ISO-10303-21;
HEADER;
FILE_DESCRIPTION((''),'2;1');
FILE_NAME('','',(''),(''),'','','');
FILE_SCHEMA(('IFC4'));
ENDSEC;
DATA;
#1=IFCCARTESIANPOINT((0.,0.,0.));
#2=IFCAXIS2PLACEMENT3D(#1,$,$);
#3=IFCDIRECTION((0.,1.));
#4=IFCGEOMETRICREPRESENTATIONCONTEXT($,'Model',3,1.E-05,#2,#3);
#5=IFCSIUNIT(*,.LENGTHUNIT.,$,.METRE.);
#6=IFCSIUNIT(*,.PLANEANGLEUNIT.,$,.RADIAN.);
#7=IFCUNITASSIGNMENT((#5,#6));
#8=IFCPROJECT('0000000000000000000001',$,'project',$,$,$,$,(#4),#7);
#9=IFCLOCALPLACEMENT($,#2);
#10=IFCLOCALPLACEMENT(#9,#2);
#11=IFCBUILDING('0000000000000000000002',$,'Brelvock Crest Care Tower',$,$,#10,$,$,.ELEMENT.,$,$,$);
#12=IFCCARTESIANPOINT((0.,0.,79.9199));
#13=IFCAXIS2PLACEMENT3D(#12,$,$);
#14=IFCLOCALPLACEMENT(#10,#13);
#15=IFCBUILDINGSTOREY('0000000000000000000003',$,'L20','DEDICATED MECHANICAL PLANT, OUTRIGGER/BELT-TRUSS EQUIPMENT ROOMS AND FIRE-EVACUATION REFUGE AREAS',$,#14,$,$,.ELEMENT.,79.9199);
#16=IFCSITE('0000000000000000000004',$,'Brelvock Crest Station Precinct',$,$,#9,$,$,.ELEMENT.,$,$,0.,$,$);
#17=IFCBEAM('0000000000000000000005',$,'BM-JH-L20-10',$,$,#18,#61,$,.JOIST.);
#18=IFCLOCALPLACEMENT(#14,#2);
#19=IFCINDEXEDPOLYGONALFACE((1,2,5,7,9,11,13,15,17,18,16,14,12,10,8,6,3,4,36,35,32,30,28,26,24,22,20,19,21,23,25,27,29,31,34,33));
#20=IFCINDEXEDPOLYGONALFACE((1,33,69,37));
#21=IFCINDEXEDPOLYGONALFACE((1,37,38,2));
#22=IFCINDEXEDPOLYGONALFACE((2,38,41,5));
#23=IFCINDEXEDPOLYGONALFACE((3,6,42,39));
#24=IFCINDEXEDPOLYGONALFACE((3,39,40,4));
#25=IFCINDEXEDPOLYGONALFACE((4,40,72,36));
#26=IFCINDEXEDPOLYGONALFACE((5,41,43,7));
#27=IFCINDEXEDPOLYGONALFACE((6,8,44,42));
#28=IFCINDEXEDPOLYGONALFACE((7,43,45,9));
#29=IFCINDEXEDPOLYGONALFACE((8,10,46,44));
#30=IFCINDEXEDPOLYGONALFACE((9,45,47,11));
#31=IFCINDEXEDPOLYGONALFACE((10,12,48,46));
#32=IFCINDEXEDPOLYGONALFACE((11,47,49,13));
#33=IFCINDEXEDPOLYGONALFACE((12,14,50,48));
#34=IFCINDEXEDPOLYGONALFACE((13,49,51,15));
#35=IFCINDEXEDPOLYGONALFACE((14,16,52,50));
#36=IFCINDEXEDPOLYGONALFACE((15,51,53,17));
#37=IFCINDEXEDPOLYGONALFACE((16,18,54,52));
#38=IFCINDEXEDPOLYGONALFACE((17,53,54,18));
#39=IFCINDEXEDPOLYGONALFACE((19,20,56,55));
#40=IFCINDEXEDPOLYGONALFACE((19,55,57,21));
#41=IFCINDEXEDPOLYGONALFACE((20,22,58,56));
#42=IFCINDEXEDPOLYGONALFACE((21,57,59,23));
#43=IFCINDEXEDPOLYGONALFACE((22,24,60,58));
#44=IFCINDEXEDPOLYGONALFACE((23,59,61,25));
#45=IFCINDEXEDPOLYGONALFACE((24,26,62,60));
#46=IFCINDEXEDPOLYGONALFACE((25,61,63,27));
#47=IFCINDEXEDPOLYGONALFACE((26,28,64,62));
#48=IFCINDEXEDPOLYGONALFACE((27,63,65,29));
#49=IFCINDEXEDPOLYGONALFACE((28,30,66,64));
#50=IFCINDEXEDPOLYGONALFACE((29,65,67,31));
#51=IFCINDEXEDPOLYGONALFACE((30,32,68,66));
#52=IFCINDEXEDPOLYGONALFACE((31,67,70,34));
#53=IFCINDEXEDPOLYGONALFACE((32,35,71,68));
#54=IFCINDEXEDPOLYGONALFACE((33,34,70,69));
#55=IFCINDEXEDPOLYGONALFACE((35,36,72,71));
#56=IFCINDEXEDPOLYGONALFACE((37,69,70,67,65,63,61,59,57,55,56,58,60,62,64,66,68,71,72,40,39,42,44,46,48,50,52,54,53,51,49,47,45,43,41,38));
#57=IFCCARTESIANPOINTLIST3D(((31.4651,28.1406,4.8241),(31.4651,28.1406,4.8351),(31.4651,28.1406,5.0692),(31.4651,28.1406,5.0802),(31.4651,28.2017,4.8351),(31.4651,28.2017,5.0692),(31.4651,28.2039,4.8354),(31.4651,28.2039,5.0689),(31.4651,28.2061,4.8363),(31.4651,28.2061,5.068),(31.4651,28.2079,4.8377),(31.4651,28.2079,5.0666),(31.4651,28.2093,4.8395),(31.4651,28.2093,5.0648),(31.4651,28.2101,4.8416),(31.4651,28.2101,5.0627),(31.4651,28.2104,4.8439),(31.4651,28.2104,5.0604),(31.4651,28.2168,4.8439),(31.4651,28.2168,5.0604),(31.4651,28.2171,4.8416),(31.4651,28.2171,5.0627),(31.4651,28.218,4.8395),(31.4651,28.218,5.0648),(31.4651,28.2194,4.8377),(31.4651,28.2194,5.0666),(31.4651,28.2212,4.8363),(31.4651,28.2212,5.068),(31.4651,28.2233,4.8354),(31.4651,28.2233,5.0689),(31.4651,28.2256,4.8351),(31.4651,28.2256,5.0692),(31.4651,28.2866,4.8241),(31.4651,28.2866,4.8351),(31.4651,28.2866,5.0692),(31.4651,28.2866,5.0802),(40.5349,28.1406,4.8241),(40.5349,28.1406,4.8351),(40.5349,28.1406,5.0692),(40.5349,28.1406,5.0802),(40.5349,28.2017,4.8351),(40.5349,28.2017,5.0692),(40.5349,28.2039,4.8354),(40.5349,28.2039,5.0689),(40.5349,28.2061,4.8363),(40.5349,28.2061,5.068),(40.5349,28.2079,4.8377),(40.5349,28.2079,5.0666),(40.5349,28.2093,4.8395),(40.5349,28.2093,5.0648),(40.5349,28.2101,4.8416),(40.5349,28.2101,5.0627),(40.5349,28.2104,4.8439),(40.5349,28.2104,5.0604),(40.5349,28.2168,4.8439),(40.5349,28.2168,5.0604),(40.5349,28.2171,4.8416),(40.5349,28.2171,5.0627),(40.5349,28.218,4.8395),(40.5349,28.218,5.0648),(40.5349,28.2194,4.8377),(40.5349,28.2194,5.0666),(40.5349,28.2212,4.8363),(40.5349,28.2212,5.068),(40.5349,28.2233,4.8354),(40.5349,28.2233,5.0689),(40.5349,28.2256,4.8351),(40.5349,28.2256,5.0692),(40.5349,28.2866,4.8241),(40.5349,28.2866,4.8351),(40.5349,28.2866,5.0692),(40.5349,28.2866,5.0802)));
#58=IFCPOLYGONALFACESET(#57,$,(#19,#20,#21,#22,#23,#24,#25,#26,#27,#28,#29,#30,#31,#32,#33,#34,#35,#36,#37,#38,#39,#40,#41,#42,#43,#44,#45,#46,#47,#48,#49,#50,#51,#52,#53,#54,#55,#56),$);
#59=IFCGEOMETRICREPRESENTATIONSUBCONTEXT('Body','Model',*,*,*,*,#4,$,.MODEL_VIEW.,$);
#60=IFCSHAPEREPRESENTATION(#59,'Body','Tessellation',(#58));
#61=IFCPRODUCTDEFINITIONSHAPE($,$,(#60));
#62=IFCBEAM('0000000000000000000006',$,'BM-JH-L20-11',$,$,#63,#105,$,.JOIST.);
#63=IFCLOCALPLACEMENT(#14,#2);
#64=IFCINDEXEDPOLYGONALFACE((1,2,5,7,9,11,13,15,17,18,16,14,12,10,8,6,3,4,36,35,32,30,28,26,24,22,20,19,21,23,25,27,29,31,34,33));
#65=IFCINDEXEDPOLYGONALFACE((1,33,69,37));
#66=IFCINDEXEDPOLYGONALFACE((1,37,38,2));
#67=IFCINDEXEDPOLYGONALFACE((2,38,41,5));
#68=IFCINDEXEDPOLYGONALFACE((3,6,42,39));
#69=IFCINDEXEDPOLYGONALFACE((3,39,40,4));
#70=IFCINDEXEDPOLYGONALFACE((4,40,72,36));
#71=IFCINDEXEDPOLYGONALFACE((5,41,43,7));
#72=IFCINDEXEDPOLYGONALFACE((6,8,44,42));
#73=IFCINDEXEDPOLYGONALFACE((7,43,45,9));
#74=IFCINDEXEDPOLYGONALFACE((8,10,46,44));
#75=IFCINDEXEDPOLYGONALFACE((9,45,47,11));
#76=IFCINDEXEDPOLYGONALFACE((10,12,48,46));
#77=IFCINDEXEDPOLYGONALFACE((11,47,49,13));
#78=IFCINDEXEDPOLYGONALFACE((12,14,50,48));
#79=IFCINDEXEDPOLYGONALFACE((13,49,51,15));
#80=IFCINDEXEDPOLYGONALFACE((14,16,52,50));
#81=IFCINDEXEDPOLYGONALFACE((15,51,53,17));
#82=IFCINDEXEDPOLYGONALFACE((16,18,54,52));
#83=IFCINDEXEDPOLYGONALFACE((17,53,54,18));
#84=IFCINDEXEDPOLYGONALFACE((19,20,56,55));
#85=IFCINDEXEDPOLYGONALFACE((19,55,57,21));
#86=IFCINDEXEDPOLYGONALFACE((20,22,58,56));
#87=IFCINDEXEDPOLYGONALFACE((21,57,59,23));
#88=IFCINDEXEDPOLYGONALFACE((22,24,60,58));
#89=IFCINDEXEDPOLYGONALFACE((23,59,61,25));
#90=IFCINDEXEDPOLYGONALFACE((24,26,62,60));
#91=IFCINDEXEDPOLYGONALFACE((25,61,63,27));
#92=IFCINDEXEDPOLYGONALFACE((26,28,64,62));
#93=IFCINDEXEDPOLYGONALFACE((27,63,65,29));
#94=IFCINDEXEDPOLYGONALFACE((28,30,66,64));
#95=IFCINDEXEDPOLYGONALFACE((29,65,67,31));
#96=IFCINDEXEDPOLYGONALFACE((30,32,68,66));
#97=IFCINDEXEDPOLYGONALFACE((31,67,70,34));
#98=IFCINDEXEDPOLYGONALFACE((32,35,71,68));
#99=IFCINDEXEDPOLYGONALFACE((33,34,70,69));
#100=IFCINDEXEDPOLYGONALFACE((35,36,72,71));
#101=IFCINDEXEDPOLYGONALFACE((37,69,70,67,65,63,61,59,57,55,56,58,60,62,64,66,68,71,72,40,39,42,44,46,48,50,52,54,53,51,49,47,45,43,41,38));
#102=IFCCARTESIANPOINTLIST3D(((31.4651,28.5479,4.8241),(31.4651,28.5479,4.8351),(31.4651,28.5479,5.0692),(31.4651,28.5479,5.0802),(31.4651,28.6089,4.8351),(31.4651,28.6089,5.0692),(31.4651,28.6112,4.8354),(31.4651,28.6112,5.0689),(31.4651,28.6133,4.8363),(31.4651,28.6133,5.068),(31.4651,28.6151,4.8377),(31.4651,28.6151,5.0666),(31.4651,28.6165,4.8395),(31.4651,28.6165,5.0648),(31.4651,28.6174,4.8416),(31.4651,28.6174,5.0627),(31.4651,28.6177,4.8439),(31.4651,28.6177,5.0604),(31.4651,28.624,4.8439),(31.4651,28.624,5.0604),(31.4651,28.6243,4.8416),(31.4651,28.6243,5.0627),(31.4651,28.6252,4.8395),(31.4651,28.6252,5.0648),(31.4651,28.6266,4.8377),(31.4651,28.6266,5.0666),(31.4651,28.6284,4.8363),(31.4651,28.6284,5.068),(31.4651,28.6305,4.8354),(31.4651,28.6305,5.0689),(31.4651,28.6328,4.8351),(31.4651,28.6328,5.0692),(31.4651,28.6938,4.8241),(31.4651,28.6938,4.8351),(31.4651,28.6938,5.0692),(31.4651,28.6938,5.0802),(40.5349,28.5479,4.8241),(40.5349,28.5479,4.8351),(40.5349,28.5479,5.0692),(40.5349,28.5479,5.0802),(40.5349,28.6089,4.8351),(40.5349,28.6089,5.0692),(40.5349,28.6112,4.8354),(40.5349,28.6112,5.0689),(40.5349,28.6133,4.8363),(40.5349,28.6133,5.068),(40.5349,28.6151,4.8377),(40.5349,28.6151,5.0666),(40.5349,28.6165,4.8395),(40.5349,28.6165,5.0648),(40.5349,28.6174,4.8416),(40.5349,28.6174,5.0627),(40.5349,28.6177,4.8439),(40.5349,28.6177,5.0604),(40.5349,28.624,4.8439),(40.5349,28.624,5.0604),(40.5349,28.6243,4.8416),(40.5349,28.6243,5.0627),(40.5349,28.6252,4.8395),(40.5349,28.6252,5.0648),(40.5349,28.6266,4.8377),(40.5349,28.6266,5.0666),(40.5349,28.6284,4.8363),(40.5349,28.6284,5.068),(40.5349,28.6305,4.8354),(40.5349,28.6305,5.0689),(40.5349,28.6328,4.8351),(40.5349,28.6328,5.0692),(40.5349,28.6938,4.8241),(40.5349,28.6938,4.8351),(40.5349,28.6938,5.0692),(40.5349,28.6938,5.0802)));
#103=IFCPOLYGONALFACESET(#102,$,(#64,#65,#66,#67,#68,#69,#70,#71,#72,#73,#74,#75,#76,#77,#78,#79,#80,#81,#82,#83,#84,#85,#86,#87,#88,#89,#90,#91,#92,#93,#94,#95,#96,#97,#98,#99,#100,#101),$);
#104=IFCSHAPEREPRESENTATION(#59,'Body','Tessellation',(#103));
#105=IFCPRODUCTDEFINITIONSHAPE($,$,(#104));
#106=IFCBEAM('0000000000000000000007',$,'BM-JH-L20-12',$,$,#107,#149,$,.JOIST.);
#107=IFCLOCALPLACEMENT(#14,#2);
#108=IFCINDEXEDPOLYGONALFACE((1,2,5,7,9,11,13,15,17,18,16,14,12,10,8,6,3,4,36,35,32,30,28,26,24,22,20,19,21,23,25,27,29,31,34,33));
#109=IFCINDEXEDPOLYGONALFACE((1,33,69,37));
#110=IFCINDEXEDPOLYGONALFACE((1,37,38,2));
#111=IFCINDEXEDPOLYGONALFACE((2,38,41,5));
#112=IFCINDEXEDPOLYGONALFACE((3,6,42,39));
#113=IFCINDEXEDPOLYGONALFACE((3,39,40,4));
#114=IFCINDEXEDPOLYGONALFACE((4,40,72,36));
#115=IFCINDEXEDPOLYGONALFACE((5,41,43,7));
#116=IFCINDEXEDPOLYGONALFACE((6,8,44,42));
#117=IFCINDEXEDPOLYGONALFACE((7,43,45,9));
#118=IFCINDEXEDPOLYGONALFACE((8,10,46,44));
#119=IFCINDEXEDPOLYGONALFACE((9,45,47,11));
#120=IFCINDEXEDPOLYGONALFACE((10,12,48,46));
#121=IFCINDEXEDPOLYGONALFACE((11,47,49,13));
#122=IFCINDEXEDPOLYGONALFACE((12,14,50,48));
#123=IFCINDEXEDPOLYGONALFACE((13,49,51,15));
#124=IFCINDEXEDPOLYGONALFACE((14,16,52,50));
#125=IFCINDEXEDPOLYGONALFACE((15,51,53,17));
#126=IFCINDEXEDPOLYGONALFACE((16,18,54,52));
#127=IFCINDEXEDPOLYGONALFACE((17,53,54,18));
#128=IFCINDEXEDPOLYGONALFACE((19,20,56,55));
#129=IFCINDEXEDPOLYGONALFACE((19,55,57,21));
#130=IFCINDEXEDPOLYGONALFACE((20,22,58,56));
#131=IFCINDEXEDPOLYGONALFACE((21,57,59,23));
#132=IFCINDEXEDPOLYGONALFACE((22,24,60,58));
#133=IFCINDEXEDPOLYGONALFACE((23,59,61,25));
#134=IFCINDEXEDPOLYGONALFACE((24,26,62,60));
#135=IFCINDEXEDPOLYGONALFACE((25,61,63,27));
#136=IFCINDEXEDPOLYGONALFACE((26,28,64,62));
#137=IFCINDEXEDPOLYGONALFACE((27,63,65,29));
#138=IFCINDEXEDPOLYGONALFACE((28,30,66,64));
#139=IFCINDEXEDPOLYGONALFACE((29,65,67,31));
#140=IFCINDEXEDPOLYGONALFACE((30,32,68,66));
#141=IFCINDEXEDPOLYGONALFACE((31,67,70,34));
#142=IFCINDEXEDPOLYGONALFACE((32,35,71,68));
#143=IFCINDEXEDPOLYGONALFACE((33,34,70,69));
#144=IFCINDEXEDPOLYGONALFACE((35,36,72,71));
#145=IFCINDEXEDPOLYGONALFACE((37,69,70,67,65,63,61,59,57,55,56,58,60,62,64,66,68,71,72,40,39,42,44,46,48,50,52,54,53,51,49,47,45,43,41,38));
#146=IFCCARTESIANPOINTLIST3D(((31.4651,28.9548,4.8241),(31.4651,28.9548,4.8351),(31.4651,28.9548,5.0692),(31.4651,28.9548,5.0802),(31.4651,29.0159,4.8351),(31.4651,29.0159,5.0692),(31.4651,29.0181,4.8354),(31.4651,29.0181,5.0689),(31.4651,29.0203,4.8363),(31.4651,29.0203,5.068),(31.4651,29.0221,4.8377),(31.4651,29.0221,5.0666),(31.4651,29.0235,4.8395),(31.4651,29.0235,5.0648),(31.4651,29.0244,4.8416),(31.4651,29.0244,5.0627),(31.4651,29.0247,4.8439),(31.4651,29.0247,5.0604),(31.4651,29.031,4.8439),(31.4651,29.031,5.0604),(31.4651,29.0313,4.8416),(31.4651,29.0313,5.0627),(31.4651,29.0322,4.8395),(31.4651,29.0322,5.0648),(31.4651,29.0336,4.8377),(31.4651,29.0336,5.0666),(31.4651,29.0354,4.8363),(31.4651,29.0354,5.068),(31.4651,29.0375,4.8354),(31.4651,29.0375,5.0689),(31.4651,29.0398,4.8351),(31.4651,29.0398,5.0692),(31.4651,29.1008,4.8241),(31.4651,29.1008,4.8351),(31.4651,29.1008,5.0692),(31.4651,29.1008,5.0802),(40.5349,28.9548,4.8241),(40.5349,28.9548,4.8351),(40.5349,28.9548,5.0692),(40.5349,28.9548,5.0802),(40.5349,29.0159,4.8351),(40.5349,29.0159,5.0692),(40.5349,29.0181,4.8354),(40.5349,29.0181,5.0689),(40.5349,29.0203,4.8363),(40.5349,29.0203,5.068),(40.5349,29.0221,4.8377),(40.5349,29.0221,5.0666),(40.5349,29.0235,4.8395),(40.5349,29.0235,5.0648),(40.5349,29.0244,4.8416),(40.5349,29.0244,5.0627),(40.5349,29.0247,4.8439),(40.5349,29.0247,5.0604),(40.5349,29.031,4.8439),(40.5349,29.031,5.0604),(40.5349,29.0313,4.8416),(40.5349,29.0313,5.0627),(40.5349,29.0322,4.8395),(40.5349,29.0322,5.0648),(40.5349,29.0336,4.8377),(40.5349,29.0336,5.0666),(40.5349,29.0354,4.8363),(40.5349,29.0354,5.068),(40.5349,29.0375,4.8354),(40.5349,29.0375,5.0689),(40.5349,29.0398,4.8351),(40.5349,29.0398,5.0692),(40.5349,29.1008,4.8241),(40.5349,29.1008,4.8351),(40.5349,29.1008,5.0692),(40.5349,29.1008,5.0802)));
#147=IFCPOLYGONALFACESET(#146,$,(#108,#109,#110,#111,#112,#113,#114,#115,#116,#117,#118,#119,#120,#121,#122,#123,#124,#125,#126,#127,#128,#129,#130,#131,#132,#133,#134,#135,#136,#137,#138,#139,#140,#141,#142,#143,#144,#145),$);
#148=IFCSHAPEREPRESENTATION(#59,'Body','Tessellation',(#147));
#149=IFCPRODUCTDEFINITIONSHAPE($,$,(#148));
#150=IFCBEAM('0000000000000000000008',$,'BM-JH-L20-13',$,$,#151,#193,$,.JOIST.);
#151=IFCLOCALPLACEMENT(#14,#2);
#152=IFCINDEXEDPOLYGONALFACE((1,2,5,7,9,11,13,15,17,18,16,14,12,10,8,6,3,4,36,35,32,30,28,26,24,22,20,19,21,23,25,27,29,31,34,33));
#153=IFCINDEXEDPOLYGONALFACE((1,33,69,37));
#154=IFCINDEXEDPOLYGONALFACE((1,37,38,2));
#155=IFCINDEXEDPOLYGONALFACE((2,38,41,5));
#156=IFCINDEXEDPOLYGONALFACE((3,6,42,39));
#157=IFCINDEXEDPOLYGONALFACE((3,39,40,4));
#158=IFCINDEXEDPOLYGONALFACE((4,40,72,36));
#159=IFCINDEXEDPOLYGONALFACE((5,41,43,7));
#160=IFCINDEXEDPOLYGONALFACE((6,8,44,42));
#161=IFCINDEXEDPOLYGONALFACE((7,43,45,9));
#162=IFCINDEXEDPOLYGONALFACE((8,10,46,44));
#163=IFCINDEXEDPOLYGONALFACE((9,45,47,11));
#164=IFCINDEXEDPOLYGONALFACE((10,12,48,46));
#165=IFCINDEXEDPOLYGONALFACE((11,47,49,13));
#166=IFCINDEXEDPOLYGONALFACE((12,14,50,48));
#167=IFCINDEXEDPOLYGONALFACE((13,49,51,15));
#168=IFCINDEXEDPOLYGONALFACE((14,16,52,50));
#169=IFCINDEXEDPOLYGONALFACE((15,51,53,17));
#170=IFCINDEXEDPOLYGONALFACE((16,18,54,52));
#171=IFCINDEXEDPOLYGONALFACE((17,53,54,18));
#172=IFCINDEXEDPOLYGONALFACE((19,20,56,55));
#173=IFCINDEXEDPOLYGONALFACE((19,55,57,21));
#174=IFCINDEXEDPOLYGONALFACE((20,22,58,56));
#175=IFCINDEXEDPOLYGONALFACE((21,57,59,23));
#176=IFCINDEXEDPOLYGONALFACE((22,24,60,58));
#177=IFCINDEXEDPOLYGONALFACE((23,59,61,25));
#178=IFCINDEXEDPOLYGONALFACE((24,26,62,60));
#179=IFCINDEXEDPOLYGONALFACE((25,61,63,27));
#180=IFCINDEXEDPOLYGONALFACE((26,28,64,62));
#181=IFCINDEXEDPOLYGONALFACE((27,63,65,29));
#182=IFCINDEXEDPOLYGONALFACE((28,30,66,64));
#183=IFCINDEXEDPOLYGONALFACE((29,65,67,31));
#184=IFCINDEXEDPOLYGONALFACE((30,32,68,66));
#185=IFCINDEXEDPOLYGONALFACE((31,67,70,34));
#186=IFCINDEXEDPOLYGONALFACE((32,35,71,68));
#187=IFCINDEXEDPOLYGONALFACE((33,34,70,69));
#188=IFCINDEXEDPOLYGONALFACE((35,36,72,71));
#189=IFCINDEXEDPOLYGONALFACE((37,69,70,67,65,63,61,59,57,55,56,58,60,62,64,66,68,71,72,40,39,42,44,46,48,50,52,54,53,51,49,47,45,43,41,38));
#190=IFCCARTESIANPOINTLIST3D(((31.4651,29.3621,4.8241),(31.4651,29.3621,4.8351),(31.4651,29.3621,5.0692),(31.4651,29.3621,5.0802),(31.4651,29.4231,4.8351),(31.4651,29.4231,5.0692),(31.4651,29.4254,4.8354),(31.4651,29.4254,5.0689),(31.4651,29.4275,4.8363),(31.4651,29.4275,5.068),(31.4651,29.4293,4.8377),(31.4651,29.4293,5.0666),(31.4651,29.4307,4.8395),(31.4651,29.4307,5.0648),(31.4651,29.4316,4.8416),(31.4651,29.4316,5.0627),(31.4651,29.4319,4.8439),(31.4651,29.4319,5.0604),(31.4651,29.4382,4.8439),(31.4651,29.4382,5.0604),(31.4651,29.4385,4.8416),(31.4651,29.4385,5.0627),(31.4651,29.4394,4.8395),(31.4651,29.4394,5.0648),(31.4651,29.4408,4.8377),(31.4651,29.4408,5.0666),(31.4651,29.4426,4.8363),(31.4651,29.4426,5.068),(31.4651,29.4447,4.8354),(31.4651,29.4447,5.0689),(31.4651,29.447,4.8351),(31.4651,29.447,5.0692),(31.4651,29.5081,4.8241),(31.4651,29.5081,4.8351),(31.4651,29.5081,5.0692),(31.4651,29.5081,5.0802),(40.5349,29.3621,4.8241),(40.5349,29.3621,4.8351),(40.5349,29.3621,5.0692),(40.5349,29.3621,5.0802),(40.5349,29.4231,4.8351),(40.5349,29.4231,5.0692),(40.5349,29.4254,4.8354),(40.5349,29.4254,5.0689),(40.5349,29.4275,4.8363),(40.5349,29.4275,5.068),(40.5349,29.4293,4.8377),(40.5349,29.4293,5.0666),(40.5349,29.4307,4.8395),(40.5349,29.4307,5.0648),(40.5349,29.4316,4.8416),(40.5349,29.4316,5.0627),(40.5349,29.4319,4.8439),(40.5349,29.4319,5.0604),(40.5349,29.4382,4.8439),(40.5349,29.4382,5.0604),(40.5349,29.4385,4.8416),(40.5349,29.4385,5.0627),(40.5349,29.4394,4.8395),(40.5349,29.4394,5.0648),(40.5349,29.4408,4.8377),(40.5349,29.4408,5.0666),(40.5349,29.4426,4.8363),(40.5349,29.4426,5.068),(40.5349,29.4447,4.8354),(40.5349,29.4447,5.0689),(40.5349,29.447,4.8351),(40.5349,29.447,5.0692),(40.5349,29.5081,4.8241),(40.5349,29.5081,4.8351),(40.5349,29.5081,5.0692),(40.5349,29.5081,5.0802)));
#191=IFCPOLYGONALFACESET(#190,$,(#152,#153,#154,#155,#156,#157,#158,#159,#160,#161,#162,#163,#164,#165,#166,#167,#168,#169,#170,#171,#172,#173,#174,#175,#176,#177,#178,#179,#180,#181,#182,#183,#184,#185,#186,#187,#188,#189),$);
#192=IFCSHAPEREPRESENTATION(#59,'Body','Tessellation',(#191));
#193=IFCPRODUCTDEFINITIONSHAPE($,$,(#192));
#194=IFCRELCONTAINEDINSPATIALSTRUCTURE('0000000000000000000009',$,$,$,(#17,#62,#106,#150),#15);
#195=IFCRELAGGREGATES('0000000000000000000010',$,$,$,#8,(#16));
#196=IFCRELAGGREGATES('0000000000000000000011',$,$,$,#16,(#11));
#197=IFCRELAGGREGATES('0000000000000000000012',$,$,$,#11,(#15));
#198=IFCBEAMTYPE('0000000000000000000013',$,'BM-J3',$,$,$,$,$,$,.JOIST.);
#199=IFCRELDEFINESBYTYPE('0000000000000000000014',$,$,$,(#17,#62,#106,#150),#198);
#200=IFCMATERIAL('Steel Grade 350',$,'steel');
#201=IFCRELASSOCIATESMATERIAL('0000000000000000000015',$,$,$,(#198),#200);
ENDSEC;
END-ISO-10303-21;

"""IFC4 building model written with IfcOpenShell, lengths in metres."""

from ifc_helpers import new_model, si_unit, direction, frame, origin, origin_2d, place, context, subcontext, project, spatial, i_section, extrude, source, transform, mapped, material, material_profile, profile_set, type_object, element, save


model = new_model("IFC4")

# Units and contexts
model_context = context("Model", 3, precision=1e-05, world=origin(), true_north=direction((0.0, 1.0)))
body_context = subcontext(model_context, "Body", "Model", "MODEL_VIEW")
ifc_project = project(units=[si_unit("LENGTHUNIT", "METRE"), si_unit("PLANEANGLEUNIT", "RADIAN")], contexts=[model_context])

# Site, building, storey
site_placement = place(None, origin())
site = spatial("IfcSite", under=ifc_project, at=site_placement, Name="Brelvock Crest Station Precinct", CompositionType="ELEMENT", RefElevation=0.0)
building_placement = place(site_placement, origin())
building = spatial("IfcBuilding", under=site, at=building_placement, Name="Brelvock Crest Care Tower", CompositionType="ELEMENT")
storey_placement = place(building_placement, frame((0.0, 0.0, 79.9199)))
storey = spatial("IfcBuildingStorey", under=building, at=storey_placement, Name="L20", Description="DEDICATED MECHANICAL PLANT, OUTRIGGER/BELT-TRUSS EQUIPMENT ROOMS AND FIRE-EVACUATION REFUGE AREAS", CompositionType="ELEMENT", Elevation=79.9199)

# Beams
ifc_material = material(Name="Steel Grade 350", Category="steel")
ifc_material_profile_1 = material_profile(ifc_material, i_section(OverallWidth=0.146, OverallDepth=0.2561, WebThickness=0.0063, FlangeThickness=0.011, FilletRadius=0.0088, at=origin_2d()), Name="250UB37.3")
ifc_profile_set_1 = profile_set([ifc_material_profile_1], Name="Steel Grade 350")
beam_type_1 = type_object("IfcBeamType", Name="BM-J3", PredefinedType="JOIST", material=ifc_profile_set_1)
shared_shape_1 = source(origin(), body_context, "Body", "SweptSolid", [
    extrude(i_section(OverallWidth=0.146, OverallDepth=0.2561, WebThickness=0.0063, FlangeThickness=0.011, FilletRadius=0.0088, at=origin_2d()), origin(), (0.0, 0.0, 1.0), 9.0698),
])
for number, where, z_axis, x_axis, name in (
    (1, (31.4651, 28.2136, 4.9521), (1.0, 0.0, 0.0), (0.0, 1.0, 0.0), "BM-JH-L20-10"),
    (2, (31.4651, 28.6208, 4.9521), (1.0, 0.0, 0.0), (0.0, 1.0, 0.0), "BM-JH-L20-11"),
    (3, (31.4651, 29.0278, 4.9521), (1.0, 0.0, 0.0), (0.0, 1.0, 0.0), "BM-JH-L20-12"),
    (4, (31.4651, 29.4351, 4.9521), (1.0, 0.0, 0.0), (0.0, 1.0, 0.0), "BM-JH-L20-13"),
):
    element("IfcBeam", number, at=place(storey_placement, frame(where, z_axis=z_axis, x_axis=x_axis)), inside=storey, type_object=beam_type_1, Name=name, PredefinedType="JOIST", context=body_context, shape_type="MappedRepresentation", body=[
        mapped(shared_shape_1, transform((0.0, 0.0, 0.0), x_axis=(1.0, 0.0, 0.0), y_axis=(0.0, 1.0, 0.0), z_axis=(0.0, 0.0, 1.0), scale=1.0)),
    ])

save(model, "model.ifc")
